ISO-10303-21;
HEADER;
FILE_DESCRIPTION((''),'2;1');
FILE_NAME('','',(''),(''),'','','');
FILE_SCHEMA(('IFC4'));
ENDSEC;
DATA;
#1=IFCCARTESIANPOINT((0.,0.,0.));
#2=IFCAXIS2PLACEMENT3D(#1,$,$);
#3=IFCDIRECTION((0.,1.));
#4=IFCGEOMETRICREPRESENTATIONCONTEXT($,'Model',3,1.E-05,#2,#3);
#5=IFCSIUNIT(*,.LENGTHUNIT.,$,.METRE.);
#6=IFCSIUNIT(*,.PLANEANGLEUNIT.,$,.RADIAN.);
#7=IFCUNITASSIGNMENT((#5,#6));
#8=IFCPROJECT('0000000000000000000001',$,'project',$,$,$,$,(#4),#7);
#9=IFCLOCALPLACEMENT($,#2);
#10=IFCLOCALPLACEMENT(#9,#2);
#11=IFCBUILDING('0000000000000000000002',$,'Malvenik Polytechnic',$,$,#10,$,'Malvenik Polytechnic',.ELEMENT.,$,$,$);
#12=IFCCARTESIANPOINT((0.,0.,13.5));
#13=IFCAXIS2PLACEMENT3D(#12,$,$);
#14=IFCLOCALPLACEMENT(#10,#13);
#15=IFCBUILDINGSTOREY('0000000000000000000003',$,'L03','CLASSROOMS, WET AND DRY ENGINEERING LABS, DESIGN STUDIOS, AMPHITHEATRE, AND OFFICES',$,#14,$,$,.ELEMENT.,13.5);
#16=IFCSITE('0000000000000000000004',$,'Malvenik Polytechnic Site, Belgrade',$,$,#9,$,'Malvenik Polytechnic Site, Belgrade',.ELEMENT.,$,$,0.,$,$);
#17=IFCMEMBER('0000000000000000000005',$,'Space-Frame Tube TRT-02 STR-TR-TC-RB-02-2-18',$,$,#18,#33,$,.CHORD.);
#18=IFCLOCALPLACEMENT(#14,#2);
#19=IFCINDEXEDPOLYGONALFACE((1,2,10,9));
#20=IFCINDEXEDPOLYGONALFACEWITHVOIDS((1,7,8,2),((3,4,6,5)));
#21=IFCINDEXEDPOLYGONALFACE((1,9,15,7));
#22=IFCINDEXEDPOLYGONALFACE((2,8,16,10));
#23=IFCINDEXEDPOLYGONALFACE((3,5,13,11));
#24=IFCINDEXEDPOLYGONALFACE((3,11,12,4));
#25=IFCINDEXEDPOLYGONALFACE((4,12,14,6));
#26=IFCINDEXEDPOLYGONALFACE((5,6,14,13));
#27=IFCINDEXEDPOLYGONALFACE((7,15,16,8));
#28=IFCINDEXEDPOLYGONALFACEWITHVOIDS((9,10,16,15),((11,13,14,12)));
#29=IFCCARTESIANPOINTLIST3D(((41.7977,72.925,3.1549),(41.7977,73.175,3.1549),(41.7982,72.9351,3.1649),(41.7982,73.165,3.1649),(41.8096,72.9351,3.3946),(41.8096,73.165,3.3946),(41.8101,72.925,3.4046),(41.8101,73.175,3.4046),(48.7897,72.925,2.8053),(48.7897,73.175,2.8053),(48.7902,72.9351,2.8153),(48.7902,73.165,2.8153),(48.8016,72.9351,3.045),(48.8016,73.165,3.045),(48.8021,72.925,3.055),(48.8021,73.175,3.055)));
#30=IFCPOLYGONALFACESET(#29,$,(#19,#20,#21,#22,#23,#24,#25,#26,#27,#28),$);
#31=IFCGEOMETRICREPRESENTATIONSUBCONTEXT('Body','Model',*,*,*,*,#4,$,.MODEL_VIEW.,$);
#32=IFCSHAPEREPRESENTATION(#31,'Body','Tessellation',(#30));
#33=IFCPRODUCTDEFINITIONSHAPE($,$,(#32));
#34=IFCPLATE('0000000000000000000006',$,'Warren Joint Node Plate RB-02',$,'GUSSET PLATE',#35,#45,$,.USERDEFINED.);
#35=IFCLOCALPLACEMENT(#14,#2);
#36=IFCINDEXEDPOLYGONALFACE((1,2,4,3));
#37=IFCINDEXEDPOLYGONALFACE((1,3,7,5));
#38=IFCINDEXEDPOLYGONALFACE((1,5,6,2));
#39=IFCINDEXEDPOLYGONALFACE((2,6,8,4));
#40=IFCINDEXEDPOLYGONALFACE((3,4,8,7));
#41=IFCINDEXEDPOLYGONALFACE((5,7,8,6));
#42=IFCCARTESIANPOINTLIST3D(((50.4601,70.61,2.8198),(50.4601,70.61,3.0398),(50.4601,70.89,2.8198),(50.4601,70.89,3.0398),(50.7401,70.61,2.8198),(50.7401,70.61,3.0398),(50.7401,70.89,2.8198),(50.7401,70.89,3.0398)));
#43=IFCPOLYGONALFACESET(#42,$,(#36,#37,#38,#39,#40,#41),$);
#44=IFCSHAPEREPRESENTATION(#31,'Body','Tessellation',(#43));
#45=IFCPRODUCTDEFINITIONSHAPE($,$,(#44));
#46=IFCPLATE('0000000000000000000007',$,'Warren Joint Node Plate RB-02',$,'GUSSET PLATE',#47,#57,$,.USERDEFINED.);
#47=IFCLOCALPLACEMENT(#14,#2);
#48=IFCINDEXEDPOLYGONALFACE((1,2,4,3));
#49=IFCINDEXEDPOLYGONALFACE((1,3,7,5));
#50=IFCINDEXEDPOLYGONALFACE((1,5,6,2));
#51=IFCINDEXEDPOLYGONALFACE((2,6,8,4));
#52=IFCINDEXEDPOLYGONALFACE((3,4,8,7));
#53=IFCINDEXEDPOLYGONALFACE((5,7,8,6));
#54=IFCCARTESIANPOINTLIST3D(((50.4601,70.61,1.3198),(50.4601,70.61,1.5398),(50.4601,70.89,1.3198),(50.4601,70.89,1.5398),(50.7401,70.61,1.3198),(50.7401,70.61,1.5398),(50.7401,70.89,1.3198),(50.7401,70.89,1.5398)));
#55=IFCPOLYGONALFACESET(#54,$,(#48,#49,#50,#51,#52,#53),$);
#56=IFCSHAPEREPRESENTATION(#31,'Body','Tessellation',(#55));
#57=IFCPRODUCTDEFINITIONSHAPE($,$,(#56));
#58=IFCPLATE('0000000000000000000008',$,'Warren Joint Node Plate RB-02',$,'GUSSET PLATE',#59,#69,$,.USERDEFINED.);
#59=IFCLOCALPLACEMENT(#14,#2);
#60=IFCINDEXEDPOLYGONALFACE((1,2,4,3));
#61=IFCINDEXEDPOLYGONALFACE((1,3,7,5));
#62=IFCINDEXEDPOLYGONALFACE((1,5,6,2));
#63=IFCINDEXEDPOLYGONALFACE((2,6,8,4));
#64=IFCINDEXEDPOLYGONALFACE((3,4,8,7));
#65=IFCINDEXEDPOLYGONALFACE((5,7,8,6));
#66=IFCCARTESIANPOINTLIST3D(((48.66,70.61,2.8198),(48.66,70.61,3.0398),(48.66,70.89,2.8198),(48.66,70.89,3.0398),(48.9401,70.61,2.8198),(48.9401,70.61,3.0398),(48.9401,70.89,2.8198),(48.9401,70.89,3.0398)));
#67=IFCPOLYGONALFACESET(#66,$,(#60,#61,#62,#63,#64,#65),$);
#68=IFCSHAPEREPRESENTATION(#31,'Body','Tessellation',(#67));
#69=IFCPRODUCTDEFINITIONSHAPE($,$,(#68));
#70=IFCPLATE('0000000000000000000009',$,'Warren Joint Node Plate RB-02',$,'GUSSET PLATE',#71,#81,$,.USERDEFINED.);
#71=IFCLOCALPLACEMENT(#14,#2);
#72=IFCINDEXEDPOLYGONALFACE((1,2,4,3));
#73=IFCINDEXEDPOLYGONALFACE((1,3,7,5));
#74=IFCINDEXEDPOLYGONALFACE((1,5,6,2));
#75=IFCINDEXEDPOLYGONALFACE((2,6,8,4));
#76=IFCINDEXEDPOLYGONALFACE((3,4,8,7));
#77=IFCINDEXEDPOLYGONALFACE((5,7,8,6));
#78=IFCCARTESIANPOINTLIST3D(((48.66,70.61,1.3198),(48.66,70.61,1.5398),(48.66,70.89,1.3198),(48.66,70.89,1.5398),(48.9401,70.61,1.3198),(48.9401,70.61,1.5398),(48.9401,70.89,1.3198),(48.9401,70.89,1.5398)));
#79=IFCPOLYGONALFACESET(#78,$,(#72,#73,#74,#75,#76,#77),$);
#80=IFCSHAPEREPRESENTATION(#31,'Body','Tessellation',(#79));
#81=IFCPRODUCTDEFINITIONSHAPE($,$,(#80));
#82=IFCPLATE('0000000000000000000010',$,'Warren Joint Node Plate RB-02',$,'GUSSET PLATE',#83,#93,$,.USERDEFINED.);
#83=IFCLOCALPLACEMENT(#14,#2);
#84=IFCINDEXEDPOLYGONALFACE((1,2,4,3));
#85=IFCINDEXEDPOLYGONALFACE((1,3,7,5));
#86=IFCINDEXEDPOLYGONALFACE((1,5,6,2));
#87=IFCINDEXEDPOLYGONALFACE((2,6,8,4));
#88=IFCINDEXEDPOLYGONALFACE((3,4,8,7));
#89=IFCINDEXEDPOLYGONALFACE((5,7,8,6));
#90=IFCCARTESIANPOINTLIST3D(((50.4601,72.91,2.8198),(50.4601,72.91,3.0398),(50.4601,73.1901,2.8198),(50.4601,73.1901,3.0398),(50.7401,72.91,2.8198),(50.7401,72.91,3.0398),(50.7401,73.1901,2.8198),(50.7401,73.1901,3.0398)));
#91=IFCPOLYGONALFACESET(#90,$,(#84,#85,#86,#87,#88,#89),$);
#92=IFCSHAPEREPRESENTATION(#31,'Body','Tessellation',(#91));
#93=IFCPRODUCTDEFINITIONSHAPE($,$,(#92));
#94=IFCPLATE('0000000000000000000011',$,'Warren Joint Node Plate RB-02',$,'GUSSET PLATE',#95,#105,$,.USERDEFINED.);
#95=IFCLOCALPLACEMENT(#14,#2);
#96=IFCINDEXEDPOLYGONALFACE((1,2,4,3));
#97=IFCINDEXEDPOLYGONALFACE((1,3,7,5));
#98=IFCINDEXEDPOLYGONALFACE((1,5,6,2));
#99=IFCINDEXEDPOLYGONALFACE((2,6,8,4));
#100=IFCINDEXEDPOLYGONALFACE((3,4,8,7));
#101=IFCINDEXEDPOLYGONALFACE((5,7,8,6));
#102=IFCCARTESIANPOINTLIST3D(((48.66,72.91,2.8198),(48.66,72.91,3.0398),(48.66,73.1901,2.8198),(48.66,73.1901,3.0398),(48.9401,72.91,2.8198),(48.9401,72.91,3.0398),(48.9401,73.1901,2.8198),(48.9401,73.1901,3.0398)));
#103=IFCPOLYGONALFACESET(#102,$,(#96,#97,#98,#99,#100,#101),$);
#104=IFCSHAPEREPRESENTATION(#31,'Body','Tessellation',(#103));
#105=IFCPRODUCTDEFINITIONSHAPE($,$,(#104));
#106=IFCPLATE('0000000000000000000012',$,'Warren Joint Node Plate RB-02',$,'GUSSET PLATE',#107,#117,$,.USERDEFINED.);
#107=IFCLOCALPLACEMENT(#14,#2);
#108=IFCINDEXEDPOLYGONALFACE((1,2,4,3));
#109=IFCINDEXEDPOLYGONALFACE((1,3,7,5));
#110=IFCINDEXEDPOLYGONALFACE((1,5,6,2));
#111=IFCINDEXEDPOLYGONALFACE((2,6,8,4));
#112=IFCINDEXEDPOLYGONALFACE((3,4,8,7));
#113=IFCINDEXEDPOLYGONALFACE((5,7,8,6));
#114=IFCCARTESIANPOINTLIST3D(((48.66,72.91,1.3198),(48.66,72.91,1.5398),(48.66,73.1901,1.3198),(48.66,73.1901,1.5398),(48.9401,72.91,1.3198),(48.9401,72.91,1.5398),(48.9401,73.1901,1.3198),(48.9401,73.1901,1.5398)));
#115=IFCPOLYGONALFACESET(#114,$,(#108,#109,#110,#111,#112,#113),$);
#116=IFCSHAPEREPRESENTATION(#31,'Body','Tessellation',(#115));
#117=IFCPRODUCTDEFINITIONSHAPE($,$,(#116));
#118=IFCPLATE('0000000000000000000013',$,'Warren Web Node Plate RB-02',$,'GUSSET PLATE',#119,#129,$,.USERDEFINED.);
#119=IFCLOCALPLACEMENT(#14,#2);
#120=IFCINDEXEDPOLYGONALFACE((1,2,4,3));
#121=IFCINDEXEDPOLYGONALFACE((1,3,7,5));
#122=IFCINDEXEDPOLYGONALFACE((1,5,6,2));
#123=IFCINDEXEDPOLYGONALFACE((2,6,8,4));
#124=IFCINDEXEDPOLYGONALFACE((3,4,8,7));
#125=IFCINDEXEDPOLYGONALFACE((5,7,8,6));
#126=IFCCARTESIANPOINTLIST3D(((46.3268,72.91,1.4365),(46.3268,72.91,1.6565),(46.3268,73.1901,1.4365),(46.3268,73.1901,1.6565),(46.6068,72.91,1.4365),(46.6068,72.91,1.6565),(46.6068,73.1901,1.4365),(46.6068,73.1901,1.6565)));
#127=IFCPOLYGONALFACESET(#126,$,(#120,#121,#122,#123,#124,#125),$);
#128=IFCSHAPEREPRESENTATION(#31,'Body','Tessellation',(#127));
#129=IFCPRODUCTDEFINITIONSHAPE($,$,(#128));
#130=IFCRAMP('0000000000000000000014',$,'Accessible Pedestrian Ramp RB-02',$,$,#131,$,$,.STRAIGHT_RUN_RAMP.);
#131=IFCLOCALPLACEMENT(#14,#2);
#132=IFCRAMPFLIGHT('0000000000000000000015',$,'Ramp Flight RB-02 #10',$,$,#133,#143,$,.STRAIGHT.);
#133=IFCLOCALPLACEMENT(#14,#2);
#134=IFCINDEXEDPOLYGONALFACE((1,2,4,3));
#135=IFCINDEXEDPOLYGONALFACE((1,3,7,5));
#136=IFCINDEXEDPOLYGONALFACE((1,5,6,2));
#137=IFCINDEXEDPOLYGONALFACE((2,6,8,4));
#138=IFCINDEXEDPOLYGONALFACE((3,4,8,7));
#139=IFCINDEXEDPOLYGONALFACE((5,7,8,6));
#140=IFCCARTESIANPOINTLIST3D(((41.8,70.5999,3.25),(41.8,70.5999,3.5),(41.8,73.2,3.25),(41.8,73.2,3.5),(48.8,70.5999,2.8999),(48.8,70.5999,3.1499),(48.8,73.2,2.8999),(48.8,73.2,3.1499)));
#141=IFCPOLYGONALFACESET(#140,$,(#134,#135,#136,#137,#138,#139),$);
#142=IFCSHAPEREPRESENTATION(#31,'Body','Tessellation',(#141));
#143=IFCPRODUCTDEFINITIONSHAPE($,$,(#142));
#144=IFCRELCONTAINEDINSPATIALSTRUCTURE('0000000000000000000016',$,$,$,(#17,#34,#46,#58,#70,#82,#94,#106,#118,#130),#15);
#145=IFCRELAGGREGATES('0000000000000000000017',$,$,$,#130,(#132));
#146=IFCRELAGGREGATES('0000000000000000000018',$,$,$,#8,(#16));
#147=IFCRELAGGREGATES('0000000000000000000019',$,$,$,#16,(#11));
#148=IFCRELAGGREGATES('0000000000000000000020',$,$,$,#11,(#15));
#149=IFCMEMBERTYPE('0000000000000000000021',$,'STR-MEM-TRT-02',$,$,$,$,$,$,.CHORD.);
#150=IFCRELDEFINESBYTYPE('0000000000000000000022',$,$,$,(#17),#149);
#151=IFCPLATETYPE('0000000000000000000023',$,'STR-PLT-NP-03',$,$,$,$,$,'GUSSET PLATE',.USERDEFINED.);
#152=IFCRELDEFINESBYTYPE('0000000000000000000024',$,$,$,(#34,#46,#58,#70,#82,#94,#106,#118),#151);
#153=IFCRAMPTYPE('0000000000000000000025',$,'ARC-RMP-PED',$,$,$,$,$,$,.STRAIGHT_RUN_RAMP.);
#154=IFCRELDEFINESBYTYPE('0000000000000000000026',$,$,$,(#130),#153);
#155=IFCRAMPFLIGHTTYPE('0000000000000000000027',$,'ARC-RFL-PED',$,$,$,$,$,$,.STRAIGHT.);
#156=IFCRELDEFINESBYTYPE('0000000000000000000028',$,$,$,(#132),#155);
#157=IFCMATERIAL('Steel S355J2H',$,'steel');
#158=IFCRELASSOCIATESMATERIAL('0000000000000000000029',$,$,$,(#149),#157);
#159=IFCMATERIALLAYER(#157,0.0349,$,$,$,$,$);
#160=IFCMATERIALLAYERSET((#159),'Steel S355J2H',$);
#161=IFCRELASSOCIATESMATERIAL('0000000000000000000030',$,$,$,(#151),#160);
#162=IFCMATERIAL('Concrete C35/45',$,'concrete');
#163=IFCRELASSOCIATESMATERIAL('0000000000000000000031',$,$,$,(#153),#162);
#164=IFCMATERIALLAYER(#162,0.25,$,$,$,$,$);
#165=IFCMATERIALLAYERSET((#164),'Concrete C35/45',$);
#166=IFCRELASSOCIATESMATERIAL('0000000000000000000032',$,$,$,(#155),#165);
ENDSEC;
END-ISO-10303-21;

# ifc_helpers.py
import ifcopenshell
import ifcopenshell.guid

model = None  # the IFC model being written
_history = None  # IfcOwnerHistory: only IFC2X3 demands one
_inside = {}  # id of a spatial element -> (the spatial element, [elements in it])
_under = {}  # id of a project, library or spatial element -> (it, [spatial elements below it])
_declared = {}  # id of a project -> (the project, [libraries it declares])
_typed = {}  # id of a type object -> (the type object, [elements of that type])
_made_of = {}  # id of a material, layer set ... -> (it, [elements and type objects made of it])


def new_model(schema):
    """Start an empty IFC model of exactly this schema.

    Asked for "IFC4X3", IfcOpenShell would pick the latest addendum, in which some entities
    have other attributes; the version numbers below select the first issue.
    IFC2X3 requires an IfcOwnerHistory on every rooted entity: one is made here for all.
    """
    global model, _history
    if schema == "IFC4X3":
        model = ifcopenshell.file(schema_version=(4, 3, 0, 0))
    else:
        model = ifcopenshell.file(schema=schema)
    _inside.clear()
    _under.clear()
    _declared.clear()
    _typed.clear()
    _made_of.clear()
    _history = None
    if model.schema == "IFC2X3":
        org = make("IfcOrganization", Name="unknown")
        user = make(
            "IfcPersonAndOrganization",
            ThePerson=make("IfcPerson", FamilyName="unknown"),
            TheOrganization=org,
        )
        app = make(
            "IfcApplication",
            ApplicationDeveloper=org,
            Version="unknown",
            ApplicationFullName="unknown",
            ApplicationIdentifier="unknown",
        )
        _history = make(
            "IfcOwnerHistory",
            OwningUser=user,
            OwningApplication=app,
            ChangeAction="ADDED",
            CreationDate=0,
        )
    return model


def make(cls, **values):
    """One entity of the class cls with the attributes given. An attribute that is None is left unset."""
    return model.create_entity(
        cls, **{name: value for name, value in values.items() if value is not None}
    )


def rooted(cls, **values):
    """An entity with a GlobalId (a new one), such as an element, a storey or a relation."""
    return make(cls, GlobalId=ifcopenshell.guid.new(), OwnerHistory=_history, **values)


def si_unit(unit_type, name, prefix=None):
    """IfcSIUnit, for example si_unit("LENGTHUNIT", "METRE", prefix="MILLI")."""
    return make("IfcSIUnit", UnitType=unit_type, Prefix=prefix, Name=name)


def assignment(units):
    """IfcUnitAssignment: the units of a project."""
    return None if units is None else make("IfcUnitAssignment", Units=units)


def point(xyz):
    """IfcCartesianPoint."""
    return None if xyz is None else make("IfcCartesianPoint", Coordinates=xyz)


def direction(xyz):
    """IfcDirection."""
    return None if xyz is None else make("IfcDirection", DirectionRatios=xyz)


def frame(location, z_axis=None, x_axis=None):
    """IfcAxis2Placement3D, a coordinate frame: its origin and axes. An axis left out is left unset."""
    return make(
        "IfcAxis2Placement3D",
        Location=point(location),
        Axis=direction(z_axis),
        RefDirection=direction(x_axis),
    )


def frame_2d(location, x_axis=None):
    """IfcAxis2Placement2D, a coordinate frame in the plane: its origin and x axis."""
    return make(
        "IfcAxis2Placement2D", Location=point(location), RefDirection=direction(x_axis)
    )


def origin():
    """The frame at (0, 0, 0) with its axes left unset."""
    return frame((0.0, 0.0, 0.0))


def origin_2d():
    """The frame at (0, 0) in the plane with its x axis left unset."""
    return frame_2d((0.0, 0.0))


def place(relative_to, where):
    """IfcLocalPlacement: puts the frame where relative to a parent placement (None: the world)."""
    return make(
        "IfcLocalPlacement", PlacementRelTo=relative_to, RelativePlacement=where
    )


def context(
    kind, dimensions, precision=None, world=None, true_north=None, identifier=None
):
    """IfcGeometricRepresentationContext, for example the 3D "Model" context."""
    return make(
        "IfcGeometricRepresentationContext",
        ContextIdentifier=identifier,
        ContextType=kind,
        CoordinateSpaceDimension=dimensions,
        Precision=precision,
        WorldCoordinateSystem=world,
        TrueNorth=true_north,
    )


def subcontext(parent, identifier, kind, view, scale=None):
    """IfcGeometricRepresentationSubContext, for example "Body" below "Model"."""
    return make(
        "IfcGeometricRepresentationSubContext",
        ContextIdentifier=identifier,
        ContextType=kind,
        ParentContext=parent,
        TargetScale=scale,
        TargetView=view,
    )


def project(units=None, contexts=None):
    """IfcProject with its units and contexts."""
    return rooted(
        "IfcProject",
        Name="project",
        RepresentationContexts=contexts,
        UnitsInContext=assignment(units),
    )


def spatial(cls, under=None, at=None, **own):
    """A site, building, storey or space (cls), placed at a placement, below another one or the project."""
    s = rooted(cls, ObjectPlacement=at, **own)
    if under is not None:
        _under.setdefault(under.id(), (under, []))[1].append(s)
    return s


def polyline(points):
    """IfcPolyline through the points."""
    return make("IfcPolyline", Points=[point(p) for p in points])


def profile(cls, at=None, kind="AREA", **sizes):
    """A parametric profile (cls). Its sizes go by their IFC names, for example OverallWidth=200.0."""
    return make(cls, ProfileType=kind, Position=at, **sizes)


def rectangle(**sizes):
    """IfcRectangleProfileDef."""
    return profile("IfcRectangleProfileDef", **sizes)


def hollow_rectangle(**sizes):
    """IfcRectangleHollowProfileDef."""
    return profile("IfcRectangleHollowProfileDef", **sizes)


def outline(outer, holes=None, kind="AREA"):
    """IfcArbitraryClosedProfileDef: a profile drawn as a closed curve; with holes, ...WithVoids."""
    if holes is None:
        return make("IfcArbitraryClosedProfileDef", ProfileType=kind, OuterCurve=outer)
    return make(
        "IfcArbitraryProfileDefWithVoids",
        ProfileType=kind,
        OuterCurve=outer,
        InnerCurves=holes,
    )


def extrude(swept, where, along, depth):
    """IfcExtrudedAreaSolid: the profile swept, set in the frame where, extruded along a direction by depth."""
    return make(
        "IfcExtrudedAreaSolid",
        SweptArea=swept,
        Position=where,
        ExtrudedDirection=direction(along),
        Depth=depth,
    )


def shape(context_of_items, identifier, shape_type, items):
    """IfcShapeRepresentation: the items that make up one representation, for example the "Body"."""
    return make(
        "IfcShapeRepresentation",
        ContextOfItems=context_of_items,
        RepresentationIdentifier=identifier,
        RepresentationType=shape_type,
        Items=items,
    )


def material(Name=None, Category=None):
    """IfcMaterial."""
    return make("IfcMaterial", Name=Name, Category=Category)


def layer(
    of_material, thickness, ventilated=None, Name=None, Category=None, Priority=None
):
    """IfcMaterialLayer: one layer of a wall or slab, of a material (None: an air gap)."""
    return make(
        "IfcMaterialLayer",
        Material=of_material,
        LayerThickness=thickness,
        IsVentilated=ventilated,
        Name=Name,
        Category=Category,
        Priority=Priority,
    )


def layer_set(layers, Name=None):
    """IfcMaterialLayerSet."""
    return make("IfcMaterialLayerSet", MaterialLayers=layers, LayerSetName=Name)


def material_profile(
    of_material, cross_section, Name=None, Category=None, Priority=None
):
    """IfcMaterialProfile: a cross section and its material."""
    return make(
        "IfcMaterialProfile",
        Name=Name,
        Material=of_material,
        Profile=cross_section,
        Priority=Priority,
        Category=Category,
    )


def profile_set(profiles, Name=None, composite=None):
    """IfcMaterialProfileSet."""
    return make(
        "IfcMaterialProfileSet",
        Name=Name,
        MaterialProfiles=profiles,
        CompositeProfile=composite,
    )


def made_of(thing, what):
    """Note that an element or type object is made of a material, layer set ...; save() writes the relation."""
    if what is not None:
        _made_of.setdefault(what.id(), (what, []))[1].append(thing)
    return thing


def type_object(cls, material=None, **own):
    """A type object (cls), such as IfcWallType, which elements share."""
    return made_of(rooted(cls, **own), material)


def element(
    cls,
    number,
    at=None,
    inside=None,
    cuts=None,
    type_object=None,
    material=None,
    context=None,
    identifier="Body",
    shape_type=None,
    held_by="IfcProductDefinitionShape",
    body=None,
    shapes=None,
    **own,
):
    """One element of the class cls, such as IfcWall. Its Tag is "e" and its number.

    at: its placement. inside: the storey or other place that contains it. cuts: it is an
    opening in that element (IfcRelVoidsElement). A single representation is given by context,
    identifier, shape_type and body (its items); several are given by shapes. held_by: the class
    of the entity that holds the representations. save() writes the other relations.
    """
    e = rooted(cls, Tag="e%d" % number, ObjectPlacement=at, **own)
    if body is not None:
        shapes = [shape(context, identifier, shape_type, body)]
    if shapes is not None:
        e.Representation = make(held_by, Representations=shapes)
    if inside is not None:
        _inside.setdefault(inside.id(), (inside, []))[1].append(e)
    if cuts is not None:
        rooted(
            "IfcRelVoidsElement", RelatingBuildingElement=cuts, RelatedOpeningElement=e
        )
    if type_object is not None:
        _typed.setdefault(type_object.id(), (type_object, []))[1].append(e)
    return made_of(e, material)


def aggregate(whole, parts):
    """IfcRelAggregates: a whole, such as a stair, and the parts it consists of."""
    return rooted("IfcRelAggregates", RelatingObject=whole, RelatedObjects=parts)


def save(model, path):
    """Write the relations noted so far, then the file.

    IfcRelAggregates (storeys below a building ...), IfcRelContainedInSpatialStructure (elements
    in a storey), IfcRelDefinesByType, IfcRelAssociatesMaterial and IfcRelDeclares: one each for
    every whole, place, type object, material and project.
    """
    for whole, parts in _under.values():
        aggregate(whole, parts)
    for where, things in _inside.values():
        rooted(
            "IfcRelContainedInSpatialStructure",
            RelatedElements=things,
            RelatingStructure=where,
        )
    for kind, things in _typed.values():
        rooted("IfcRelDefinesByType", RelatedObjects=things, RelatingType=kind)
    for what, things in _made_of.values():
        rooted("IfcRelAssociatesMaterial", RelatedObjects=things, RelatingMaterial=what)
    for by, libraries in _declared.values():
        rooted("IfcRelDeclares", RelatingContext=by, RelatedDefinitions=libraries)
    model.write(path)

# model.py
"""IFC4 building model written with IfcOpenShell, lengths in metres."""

from ifc_helpers import new_model, si_unit, direction, frame, origin, origin_2d, place, context, subcontext, project, spatial, polyline, rectangle, hollow_rectangle, outline, extrude, material, layer, layer_set, material_profile, profile_set, type_object, element, aggregate, save


model = new_model("IFC4")

# Units and contexts
model_context = context("Model", 3, precision=1e-05, world=origin(), true_north=direction((0.0, 1.0)))
body_context = subcontext(model_context, "Body", "Model", "MODEL_VIEW")
ifc_project = project(units=[si_unit("LENGTHUNIT", "METRE"), si_unit("PLANEANGLEUNIT", "RADIAN")], contexts=[model_context])

# Site, building, storey
site_placement = place(None, origin())
site = spatial("IfcSite", under=ifc_project, at=site_placement, Name="Malvenik Polytechnic Site, Belgrade", LongName="Malvenik Polytechnic Site, Belgrade", CompositionType="ELEMENT", RefElevation=0.0)
building_placement = place(site_placement, origin())
building = spatial("IfcBuilding", under=site, at=building_placement, Name="Malvenik Polytechnic", LongName="Malvenik Polytechnic", CompositionType="ELEMENT")
storey_placement = place(building_placement, frame((0.0, 0.0, 13.5)))
storey = spatial("IfcBuildingStorey", under=building, at=storey_placement, Name="L03", Description="CLASSROOMS, WET AND DRY ENGINEERING LABS, DESIGN STUDIOS, AMPHITHEATRE, AND OFFICES", CompositionType="ELEMENT", Elevation=13.5)

# Shared definitions
ifc_material_1 = material(Name="Steel S355J2H", Category="steel")

# Member
ifc_material_profile_1 = material_profile(ifc_material_1, hollow_rectangle(XDim=0.25, YDim=0.25, WallThickness=0.01, at=origin_2d()), Name="SHS 250x250x10.0")
ifc_profile_set_1 = profile_set([ifc_material_profile_1], Name="Steel S355J2H")
member_type_1 = type_object("IfcMemberType", Name="STR-MEM-TRT-02", PredefinedType="CHORD", material=ifc_profile_set_1)
member_1_placement = place(storey_placement, frame((48.7959, 73.05, 2.9302), z_axis=(-0.998752, 0.0, 0.049939), x_axis=(0.0, -1.0, 0.0)))
element("IfcMember", 1, at=member_1_placement, inside=storey, type_object=member_type_1, Name="Space-Frame Tube TRT-02 STR-TR-TC-RB-02-2-18", PredefinedType="CHORD", context=body_context, shape_type="SweptSolid", body=[
    extrude(hollow_rectangle(XDim=0.25, YDim=0.25, WallThickness=0.01, at=origin_2d()), origin(), (0.0, 0.0, 1.0), 7.0007),
])

# Plates
ifc_layer_1 = layer(ifc_material_1, 0.0349)
ifc_layer_set_1 = layer_set([ifc_layer_1], Name="Steel S355J2H")
plate_type = type_object("IfcPlateType", Name="STR-PLT-NP-03", ElementType="GUSSET PLATE", PredefinedType="USERDEFINED", material=ifc_layer_set_1)
for number, where, z_axis, x_axis, name in (
    (2, (50.6001, 70.75, 2.8198), (0.0, 0.0, 1.0), (1.0, 0.0, 0.0), "Warren Joint Node Plate RB-02"),
    (3, (50.6001, 70.75, 1.3198), (0.0, 0.0, 1.0), (1.0, 0.0, 0.0), "Warren Joint Node Plate RB-02"),
    (4, (48.8, 70.75, 2.8198), (0.0, 0.0, 1.0), (1.0, 0.0, 0.0), "Warren Joint Node Plate RB-02"),
    (5, (48.8, 70.75, 1.3198), (0.0, 0.0, 1.0), (1.0, 0.0, 0.0), "Warren Joint Node Plate RB-02"),
    (6, (50.6001, 73.05, 2.8198), (0.0, 0.0, 1.0), (1.0, 0.0, 0.0), "Warren Joint Node Plate RB-02"),
    (7, (48.8, 73.05, 2.8198), (0.0, 0.0, 1.0), (1.0, 0.0, 0.0), "Warren Joint Node Plate RB-02"),
    (8, (48.8, 73.05, 1.3198), (0.0, 0.0, 1.0), (1.0, 0.0, 0.0), "Warren Joint Node Plate RB-02"),
    (9, (46.4668, 73.05, 1.4365), (0.0, 0.0, 1.0), (1.0, 0.0, 0.0), "Warren Web Node Plate RB-02"),
):
    element("IfcPlate", number, at=place(storey_placement, frame(where, z_axis=z_axis, x_axis=x_axis)), inside=storey, type_object=plate_type, Name=name, ObjectType="GUSSET PLATE", PredefinedType="USERDEFINED", context=body_context, shape_type="SweptSolid", body=[
        extrude(rectangle(XDim=0.28, YDim=0.28, at=origin_2d()), origin(), (0.0, 0.0, 1.0), 0.22),
    ])

# Ramp, ramp flight
ifc_material_2 = material(Name="Concrete C35/45", Category="concrete")
ramp_type = type_object("IfcRampType", Name="ARC-RMP-PED", PredefinedType="STRAIGHT_RUN_RAMP", material=ifc_material_2)
ramp_placement = place(storey_placement, origin())
ramp = element("IfcRamp", 10, at=ramp_placement, inside=storey, type_object=ramp_type, Name="Accessible Pedestrian Ramp RB-02", PredefinedType="STRAIGHT_RUN_RAMP")
ifc_layer_2 = layer(ifc_material_2, 0.25)
ifc_layer_set_2 = layer_set([ifc_layer_2], Name="Concrete C35/45")
ramp_flight_type = type_object("IfcRampFlightType", Name="ARC-RFL-PED", PredefinedType="STRAIGHT", material=ifc_layer_set_2)
ramp_flight_placement = place(storey_placement, frame((48.8, 71.8999, 3.1499), z_axis=(0.0, 0.0, 1.0), x_axis=(-1.0, 0.0, 0.0)))
ramp_flight = element("IfcRampFlight", 11, at=ramp_flight_placement, type_object=ramp_flight_type, Name="Ramp Flight RB-02 #10", PredefinedType="STRAIGHT", context=body_context, shape_type="SweptSolid", body=[
    extrude(outline(polyline([(0.0, -0.25), (7.0, 0.1001), (7.0, 0.3501), (0.0, 0.0), (0.0, -0.25)])), frame((0.0, 1.3, 0.0), z_axis=(0.0, -1.0, 0.0), x_axis=(1.0, 0.0, 0.0)), (0.0, 0.0, 1.0), 2.6001),
])
aggregate(ramp, [ramp_flight])

save(model, "model.ifc")
